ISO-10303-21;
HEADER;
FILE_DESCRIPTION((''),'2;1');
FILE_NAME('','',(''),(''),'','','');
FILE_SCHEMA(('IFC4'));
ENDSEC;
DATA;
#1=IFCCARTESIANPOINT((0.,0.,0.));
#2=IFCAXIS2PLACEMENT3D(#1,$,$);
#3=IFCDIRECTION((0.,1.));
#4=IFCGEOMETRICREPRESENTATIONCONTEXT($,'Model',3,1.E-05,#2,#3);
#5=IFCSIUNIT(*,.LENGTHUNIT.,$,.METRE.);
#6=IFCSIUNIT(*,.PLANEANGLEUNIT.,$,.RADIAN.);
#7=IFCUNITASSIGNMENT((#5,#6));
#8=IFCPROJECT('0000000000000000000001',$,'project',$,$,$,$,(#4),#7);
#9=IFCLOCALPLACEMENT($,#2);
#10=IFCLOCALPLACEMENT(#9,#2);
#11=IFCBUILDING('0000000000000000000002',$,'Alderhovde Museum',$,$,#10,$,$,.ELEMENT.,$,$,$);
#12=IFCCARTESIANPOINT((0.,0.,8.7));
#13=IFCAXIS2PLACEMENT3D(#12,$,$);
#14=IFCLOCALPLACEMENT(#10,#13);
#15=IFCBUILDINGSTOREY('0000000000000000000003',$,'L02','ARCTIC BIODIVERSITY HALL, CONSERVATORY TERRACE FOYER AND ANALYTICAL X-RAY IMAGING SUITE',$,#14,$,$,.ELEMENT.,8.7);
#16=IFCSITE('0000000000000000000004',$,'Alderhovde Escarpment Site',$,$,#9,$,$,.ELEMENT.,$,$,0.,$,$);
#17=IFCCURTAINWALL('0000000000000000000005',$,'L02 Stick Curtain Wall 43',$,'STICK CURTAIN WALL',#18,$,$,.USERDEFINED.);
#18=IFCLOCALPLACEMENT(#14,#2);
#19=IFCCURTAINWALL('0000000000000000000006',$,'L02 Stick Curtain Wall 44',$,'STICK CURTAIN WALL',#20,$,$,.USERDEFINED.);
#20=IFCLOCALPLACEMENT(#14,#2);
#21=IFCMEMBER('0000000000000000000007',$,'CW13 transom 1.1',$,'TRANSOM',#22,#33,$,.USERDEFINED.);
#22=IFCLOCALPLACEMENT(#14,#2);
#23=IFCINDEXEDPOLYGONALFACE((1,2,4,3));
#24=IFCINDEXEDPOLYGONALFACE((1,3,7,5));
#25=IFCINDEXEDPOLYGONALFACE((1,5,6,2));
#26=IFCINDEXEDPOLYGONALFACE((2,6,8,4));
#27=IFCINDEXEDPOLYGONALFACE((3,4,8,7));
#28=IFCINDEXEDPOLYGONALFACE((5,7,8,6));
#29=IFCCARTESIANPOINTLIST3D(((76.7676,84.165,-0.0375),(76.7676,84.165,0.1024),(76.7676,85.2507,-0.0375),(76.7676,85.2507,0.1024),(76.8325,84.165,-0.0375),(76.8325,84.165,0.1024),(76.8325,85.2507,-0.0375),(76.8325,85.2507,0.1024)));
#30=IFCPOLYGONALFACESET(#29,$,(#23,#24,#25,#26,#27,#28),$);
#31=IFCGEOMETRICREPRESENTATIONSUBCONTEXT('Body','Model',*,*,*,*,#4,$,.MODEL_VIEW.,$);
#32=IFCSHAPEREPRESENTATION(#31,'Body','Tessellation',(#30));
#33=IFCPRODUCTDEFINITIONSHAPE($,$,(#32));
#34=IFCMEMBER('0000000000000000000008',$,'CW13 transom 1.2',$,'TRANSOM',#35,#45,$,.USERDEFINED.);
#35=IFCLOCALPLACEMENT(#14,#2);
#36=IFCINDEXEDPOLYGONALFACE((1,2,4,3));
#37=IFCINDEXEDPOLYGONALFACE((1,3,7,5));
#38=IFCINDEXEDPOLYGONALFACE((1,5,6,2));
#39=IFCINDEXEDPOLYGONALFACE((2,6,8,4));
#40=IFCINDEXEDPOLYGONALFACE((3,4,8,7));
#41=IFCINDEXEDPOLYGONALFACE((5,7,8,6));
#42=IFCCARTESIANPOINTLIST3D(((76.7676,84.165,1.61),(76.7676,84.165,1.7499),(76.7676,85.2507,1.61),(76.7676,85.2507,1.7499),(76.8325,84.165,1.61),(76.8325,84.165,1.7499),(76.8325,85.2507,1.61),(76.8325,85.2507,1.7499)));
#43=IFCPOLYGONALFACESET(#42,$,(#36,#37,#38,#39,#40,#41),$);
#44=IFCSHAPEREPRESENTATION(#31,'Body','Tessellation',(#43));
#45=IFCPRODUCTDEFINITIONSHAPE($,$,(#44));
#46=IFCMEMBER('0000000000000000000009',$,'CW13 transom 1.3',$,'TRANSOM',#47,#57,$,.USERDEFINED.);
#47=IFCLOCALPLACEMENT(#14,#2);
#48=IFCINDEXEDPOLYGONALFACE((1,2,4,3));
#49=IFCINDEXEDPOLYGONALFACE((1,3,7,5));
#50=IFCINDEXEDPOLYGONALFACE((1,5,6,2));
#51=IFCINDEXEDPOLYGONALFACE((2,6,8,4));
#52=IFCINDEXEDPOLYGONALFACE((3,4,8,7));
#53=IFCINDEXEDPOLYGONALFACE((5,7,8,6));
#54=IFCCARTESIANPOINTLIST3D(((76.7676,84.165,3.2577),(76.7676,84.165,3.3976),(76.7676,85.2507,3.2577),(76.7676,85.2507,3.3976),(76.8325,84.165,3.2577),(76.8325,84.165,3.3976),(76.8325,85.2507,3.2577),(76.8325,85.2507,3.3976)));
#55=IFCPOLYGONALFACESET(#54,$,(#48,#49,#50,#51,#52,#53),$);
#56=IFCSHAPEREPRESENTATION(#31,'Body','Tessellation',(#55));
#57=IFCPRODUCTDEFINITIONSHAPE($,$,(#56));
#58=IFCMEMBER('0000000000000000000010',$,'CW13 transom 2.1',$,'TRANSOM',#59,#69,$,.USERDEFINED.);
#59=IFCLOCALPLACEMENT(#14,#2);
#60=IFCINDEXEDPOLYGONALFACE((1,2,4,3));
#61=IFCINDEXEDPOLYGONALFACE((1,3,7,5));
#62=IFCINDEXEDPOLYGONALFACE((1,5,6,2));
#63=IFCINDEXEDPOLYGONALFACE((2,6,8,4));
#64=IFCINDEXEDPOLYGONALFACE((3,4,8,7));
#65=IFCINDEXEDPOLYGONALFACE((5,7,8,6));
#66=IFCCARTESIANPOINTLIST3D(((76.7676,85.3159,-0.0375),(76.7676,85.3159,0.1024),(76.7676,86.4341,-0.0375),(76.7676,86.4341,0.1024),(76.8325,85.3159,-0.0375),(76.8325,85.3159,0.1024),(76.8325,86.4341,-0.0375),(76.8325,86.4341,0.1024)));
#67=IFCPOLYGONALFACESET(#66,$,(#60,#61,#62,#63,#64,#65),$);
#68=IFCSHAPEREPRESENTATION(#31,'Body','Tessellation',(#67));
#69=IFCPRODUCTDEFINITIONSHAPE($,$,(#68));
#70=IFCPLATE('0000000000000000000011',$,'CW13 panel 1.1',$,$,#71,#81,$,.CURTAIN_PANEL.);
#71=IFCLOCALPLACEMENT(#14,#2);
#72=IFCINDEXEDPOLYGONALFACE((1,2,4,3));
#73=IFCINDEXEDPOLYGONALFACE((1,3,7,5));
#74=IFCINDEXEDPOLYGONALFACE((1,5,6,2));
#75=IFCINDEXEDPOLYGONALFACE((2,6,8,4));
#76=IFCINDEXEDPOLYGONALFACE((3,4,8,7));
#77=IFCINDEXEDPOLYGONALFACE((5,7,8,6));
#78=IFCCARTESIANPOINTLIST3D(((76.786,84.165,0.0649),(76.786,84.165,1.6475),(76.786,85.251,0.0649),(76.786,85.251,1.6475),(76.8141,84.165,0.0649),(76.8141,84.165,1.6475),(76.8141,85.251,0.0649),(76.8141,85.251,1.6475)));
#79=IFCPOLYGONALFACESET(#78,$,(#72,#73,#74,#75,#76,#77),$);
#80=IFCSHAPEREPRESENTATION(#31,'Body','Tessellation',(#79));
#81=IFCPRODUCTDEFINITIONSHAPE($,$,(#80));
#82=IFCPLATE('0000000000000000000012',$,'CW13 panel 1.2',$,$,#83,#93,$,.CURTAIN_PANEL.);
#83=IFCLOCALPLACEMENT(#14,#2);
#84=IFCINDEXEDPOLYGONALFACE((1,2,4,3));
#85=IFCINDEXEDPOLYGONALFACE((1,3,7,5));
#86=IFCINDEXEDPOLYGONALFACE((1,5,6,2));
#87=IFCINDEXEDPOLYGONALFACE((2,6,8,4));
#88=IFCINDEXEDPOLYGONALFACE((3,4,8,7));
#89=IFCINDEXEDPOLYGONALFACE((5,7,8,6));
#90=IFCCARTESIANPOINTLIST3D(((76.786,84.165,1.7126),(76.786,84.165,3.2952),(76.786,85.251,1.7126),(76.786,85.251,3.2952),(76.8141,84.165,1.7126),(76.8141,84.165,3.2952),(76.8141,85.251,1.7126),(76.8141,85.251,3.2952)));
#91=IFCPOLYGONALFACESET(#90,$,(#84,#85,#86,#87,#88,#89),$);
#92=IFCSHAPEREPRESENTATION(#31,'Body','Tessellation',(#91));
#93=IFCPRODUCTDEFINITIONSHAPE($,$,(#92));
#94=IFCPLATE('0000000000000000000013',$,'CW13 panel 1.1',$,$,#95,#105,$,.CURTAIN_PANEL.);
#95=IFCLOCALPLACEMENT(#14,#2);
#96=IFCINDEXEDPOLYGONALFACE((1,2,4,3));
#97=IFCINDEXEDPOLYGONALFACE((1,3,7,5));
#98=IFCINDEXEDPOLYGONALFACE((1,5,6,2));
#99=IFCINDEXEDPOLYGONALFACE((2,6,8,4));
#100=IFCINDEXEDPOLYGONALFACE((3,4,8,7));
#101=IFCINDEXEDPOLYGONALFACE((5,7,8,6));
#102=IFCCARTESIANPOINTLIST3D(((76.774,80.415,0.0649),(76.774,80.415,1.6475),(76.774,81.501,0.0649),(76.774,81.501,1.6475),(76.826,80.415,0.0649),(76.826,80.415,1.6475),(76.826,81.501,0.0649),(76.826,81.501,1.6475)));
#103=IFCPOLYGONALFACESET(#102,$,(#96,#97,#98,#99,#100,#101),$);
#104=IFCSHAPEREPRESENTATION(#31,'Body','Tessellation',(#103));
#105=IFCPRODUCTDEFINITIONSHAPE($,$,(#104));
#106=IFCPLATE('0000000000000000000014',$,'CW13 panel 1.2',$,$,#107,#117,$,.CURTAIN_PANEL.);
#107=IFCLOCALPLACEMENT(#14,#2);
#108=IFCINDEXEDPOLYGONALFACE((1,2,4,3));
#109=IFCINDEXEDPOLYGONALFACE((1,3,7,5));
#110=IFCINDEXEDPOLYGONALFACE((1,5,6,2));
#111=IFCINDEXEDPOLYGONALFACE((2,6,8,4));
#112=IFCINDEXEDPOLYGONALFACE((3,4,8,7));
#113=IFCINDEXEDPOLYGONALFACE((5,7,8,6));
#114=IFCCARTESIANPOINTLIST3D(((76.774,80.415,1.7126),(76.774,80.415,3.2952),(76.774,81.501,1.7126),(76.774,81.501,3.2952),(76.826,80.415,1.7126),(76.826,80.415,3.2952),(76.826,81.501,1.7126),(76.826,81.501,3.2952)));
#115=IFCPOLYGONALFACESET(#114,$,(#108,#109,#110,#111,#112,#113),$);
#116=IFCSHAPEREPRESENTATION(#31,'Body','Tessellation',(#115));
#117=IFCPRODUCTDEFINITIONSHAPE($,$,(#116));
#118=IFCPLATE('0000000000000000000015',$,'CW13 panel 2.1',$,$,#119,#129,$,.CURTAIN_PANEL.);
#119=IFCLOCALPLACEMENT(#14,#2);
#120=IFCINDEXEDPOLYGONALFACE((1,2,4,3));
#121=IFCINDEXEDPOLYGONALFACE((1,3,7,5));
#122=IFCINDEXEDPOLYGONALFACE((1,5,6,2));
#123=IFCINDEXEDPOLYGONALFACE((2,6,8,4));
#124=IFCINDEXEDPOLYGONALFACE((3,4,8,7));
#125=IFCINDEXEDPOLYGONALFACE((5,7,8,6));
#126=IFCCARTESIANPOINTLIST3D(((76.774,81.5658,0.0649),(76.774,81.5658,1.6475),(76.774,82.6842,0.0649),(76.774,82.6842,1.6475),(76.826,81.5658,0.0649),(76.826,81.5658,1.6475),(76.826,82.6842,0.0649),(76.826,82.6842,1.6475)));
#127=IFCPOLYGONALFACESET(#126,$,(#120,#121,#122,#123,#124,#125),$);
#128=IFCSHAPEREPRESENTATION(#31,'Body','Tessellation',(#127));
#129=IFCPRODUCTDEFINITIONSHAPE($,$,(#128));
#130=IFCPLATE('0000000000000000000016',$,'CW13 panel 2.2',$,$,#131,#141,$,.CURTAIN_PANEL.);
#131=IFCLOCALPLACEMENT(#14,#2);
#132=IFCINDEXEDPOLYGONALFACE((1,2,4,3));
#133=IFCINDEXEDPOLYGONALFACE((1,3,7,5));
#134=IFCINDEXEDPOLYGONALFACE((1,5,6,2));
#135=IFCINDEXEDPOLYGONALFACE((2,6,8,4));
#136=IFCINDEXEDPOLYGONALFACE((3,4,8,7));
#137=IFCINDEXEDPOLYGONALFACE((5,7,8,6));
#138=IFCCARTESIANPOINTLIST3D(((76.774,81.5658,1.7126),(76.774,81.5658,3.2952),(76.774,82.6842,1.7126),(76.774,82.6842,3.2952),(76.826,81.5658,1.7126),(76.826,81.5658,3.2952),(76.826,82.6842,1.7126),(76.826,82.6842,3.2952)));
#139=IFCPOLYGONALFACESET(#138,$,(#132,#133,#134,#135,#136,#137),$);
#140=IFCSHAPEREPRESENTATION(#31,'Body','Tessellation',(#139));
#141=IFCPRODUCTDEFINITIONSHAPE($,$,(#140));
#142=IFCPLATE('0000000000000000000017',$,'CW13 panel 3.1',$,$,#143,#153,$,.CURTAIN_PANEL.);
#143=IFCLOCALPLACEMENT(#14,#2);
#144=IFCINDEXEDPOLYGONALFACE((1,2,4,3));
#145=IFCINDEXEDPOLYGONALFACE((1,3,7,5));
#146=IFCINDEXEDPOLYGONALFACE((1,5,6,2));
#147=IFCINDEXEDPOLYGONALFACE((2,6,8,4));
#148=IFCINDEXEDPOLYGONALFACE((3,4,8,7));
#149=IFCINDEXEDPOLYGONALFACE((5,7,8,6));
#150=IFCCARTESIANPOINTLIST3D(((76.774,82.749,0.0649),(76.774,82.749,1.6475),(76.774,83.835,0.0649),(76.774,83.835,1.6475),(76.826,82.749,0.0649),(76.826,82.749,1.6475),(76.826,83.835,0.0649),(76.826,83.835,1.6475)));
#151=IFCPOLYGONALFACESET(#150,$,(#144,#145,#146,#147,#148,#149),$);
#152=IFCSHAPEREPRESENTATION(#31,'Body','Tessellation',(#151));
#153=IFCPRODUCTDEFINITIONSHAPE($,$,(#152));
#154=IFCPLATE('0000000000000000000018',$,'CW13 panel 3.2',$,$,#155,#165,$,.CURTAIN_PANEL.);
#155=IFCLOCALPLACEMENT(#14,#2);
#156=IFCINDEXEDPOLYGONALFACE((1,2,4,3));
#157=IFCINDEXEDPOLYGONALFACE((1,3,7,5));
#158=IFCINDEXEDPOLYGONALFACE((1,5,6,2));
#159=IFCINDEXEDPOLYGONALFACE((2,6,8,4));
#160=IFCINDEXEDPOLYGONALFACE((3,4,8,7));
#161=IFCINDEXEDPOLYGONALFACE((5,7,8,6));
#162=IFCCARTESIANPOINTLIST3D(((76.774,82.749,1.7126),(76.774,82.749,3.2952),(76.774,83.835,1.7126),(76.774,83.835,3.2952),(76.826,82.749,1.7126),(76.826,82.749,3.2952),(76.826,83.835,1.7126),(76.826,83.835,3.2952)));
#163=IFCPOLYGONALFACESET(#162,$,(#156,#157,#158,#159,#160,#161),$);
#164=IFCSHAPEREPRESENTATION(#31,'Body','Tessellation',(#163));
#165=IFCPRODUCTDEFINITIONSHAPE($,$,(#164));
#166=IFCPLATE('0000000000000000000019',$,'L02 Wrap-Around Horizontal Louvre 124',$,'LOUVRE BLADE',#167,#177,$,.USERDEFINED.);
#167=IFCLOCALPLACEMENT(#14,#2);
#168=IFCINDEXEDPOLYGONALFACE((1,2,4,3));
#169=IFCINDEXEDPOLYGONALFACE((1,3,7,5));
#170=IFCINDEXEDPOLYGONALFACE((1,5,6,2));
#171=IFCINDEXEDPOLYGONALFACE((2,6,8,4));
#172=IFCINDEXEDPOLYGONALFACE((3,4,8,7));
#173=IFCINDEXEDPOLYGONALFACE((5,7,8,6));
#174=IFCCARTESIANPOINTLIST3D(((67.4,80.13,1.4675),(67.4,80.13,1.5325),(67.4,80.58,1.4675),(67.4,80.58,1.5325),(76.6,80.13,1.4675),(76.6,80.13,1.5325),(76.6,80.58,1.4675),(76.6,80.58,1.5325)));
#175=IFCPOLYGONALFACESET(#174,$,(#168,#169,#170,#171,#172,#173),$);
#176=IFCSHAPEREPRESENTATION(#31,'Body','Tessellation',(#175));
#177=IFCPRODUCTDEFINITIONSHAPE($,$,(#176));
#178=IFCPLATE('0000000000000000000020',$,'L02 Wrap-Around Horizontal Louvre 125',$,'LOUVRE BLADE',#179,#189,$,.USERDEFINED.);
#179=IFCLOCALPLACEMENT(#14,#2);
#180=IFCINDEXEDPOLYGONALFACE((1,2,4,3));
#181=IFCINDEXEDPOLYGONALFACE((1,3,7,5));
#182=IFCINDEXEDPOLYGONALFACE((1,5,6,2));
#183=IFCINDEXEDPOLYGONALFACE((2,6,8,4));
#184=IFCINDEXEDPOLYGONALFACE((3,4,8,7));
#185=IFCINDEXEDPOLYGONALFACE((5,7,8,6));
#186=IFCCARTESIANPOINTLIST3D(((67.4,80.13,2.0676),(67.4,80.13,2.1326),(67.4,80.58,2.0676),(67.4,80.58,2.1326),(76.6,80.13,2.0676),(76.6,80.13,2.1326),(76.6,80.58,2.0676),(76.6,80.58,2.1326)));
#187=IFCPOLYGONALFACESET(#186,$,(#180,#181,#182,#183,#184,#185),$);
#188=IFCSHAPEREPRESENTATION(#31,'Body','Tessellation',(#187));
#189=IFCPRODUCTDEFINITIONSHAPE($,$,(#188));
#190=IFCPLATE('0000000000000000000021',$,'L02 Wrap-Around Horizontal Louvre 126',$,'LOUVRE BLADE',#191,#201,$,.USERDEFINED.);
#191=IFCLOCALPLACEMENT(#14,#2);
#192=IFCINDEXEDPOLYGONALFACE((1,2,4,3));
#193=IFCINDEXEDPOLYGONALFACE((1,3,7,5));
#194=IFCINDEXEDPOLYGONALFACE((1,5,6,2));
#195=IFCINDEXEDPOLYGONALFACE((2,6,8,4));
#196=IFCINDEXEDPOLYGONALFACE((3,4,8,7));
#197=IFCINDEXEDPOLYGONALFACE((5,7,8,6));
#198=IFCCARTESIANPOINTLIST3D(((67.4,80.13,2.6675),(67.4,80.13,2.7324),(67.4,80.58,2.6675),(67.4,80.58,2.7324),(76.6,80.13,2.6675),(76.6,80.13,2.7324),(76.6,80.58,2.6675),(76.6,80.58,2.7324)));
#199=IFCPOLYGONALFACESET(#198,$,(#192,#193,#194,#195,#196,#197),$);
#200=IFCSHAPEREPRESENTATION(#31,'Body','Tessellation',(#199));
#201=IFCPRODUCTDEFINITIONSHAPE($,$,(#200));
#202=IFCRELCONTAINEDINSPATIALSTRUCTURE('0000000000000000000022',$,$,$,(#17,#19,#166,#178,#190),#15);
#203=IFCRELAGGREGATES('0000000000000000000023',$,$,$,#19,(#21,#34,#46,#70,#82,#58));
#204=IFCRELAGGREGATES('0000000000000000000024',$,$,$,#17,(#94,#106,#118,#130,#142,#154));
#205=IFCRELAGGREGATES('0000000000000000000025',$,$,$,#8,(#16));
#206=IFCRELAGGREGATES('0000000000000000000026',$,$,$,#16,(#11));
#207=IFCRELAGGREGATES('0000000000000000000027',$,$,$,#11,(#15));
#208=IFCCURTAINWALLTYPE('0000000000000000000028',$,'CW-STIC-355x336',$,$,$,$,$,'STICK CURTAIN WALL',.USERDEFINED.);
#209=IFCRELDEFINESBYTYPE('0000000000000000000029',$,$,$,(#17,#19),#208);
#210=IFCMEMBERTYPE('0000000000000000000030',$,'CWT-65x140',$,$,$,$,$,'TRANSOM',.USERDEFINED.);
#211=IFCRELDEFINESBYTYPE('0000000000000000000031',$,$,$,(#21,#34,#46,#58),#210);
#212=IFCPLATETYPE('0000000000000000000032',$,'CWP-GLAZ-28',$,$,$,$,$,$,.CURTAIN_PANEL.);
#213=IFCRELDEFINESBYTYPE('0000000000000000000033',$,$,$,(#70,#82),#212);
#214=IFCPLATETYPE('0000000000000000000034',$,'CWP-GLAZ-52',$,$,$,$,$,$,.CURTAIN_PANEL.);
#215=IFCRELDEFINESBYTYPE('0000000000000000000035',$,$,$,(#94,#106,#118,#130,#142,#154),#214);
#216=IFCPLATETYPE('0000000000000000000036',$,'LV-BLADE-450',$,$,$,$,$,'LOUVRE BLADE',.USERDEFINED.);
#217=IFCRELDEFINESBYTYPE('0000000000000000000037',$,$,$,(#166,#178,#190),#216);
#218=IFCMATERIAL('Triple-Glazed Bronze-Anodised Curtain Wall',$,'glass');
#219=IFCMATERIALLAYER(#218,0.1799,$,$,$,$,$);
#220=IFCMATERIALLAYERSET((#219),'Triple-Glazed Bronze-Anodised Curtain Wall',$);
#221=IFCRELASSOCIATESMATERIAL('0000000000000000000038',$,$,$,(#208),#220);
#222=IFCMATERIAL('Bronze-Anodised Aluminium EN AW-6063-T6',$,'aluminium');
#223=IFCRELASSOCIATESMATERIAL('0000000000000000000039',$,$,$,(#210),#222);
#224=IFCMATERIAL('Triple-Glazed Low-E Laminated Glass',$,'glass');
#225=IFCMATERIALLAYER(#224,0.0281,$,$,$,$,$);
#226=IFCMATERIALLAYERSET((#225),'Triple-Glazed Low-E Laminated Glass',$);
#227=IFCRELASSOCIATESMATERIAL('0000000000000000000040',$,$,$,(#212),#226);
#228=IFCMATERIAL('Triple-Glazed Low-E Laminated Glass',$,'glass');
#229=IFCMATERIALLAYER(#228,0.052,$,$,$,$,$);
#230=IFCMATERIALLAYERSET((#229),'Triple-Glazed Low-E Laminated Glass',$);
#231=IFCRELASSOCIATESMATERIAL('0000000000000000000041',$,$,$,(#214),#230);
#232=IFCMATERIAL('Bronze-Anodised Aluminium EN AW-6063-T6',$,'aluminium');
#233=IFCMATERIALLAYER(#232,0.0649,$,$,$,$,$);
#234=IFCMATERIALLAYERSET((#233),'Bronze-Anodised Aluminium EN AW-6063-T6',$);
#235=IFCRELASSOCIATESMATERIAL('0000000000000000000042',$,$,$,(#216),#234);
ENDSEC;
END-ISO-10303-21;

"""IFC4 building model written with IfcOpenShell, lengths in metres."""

from ifc_helpers import new_model, si_unit, direction, frame, origin, origin_2d, place, context, subcontext, project, spatial, rectangle, extrude, material, layer, layer_set, material_profile, profile_set, type_object, element, aggregate, save


model = new_model("IFC4")

# Units and contexts
model_context = context("Model", 3, precision=1e-05, world=origin(), true_north=direction((0.0, 1.0)))
body_context = subcontext(model_context, "Body", "Model", "MODEL_VIEW")
ifc_project = project(units=[si_unit("LENGTHUNIT", "METRE"), si_unit("PLANEANGLEUNIT", "RADIAN")], contexts=[model_context])

# Site, building, storey
site_placement = place(None, origin())
site = spatial("IfcSite", under=ifc_project, at=site_placement, Name="Alderhovde Escarpment Site", CompositionType="ELEMENT", RefElevation=0.0)
building_placement = place(site_placement, origin())
building = spatial("IfcBuilding", under=site, at=building_placement, Name="Alderhovde Museum", CompositionType="ELEMENT")
storey_placement = place(building_placement, frame((0.0, 0.0, 8.7)))
storey = spatial("IfcBuildingStorey", under=building, at=storey_placement, Name="L02", Description="ARCTIC BIODIVERSITY HALL, CONSERVATORY TERRACE FOYER AND ANALYTICAL X-RAY IMAGING SUITE", CompositionType="ELEMENT", Elevation=8.7)

# Curtain walls
ifc_material_1 = material(Name="Triple-Glazed Bronze-Anodised Curtain Wall", Category="glass")
ifc_layer_1 = layer(ifc_material_1, 0.1799)
ifc_layer_set_1 = layer_set([ifc_layer_1], Name="Triple-Glazed Bronze-Anodised Curtain Wall")
curtain_wall_type = type_object("IfcCurtainWallType", Name="CW-STIC-355x336", ElementType="STICK CURTAIN WALL", PredefinedType="USERDEFINED", material=ifc_layer_set_1)
curtain_wall_1_placement = place(storey_placement, origin())
curtain_wall_1 = element("IfcCurtainWall", 1, at=curtain_wall_1_placement, inside=storey, type_object=curtain_wall_type, Name="L02 Stick Curtain Wall 43", ObjectType="STICK CURTAIN WALL", PredefinedType="USERDEFINED")
curtain_wall_2_placement = place(storey_placement, origin())
curtain_wall_2 = element("IfcCurtainWall", 2, at=curtain_wall_2_placement, inside=storey, type_object=curtain_wall_type, Name="L02 Stick Curtain Wall 44", ObjectType="STICK CURTAIN WALL", PredefinedType="USERDEFINED")

# Members
ifc_material_2 = material(Name="Bronze-Anodised Aluminium EN AW-6063-T6", Category="aluminium")
ifc_material_profile_1 = material_profile(ifc_material_2, rectangle(XDim=0.0649, YDim=0.1399, at=origin_2d()), Name="TRANSOM 65x140")
ifc_profile_set_1 = profile_set([ifc_material_profile_1], Name="Bronze-Anodised Aluminium EN AW-6063-T6")
member_type_1 = type_object("IfcMemberType", Name="CWT-65x140", ElementType="TRANSOM", PredefinedType="USERDEFINED", material=ifc_profile_set_1)
member_1_placement = place(storey_placement, frame((76.8, 84.165, 0.0325), z_axis=(0.0, 1.0, 0.0), x_axis=(-1.0, 0.0, 0.0)))
member_1 = element("IfcMember", 3, at=member_1_placement, type_object=member_type_1, Name="CW13 transom 1.1", ObjectType="TRANSOM", PredefinedType="USERDEFINED", context=body_context, shape_type="SweptSolid", body=[
    extrude(rectangle(XDim=0.0649, YDim=0.1399, at=origin_2d()), origin(), (0.0, 0.0, 1.0), 1.0857),
])
member_2_placement = place(storey_placement, frame((76.8, 84.165, 1.6799), z_axis=(0.0, 1.0, 0.0), x_axis=(-1.0, 0.0, 0.0)))
member_2 = element("IfcMember", 4, at=member_2_placement, type_object=member_type_1, Name="CW13 transom 1.2", ObjectType="TRANSOM", PredefinedType="USERDEFINED", context=body_context, shape_type="SweptSolid", body=[
    extrude(rectangle(XDim=0.0649, YDim=0.1399, at=origin_2d()), origin(), (0.0, 0.0, 1.0), 1.0857),
])
member_3_placement = place(storey_placement, frame((76.8, 84.165, 3.3276), z_axis=(0.0, 1.0, 0.0), x_axis=(-1.0, 0.0, 0.0)))
member_3 = element("IfcMember", 5, at=member_3_placement, type_object=member_type_1, Name="CW13 transom 1.3", ObjectType="TRANSOM", PredefinedType="USERDEFINED", context=body_context, shape_type="SweptSolid", body=[
    extrude(rectangle(XDim=0.0649, YDim=0.1399, at=origin_2d()), origin(), (0.0, 0.0, 1.0), 1.0857),
])
member_4_placement = place(storey_placement, frame((76.8, 85.3159, 0.0325), z_axis=(0.0, 1.0, 0.0), x_axis=(-1.0, 0.0, 0.0)))
member_4 = element("IfcMember", 6, at=member_4_placement, type_object=member_type_1, Name="CW13 transom 2.1", ObjectType="TRANSOM", PredefinedType="USERDEFINED", context=body_context, shape_type="SweptSolid", body=[
    extrude(rectangle(XDim=0.0649, YDim=0.1399, at=origin_2d()), origin(), (0.0, 0.0, 1.0), 1.1182),
])

# Plates
ifc_material_3 = material(Name="Triple-Glazed Low-E Laminated Glass", Category="glass")
ifc_layer_2 = layer(ifc_material_3, 0.0281)
ifc_layer_set_2 = layer_set([ifc_layer_2], Name="Triple-Glazed Low-E Laminated Glass")
plate_type_1 = type_object("IfcPlateType", Name="CWP-GLAZ-28", PredefinedType="CURTAIN_PANEL", material=ifc_layer_set_2)
plate_1_placement = place(storey_placement, frame((76.8, 84.708, 0.0649), z_axis=(0.0, 0.0, 1.0), x_axis=(0.0, 1.0, 0.0)))
plate_1 = element("IfcPlate", 7, at=plate_1_placement, type_object=plate_type_1, Name="CW13 panel 1.1", PredefinedType="CURTAIN_PANEL", context=body_context, shape_type="SweptSolid", body=[
    extrude(rectangle(XDim=1.0859, YDim=0.0281, at=origin_2d()), origin(), (0.0, 0.0, 1.0), 1.5825),
])
plate_2_placement = place(storey_placement, frame((76.8, 84.708, 1.7126), z_axis=(0.0, 0.0, 1.0), x_axis=(0.0, 1.0, 0.0)))
plate_2 = element("IfcPlate", 8, at=plate_2_placement, type_object=plate_type_1, Name="CW13 panel 1.2", PredefinedType="CURTAIN_PANEL", context=body_context, shape_type="SweptSolid", body=[
    extrude(rectangle(XDim=1.0859, YDim=0.0281, at=origin_2d()), origin(), (0.0, 0.0, 1.0), 1.5825),
])
aggregate(curtain_wall_2, [member_1, member_2, member_3, plate_1, plate_2, member_4])
ifc_material_4 = material(Name="Triple-Glazed Low-E Laminated Glass", Category="glass")
ifc_layer_3 = layer(ifc_material_4, 0.052)
ifc_layer_set_3 = layer_set([ifc_layer_3], Name="Triple-Glazed Low-E Laminated Glass")
plate_type_2 = type_object("IfcPlateType", Name="CWP-GLAZ-52", PredefinedType="CURTAIN_PANEL", material=ifc_layer_set_3)
plate_3_placement = place(storey_placement, frame((76.8, 80.958, 0.0649), z_axis=(0.0, 0.0, 1.0), x_axis=(0.0, 1.0, 0.0)))
plate_3 = element("IfcPlate", 9, at=plate_3_placement, type_object=plate_type_2, Name="CW13 panel 1.1", PredefinedType="CURTAIN_PANEL", context=body_context, shape_type="SweptSolid", body=[
    extrude(rectangle(XDim=1.0859, YDim=0.052, at=origin_2d()), origin(), (0.0, 0.0, 1.0), 1.5825),
])
plate_4_placement = place(storey_placement, frame((76.8, 80.958, 1.7126), z_axis=(0.0, 0.0, 1.0), x_axis=(0.0, 1.0, 0.0)))
plate_4 = element("IfcPlate", 10, at=plate_4_placement, type_object=plate_type_2, Name="CW13 panel 1.2", PredefinedType="CURTAIN_PANEL", context=body_context, shape_type="SweptSolid", body=[
    extrude(rectangle(XDim=1.0859, YDim=0.052, at=origin_2d()), origin(), (0.0, 0.0, 1.0), 1.5825),
])
plate_5_placement = place(storey_placement, frame((76.8, 82.125, 0.0649), z_axis=(0.0, 0.0, 1.0), x_axis=(0.0, 1.0, 0.0)))
plate_5 = element("IfcPlate", 11, at=plate_5_placement, type_object=plate_type_2, Name="CW13 panel 2.1", PredefinedType="CURTAIN_PANEL", context=body_context, shape_type="SweptSolid", body=[
    extrude(rectangle(XDim=1.1184, YDim=0.052, at=origin_2d()), origin(), (0.0, 0.0, 1.0), 1.5825),
])
plate_6_placement = place(storey_placement, frame((76.8, 82.125, 1.7126), z_axis=(0.0, 0.0, 1.0), x_axis=(0.0, 1.0, 0.0)))
plate_6 = element("IfcPlate", 12, at=plate_6_placement, type_object=plate_type_2, Name="CW13 panel 2.2", PredefinedType="CURTAIN_PANEL", context=body_context, shape_type="SweptSolid", body=[
    extrude(rectangle(XDim=1.1184, YDim=0.052, at=origin_2d()), origin(), (0.0, 0.0, 1.0), 1.5825),
])
plate_7_placement = place(storey_placement, frame((76.8, 83.292, 0.0649), z_axis=(0.0, 0.0, 1.0), x_axis=(0.0, 1.0, 0.0)))
plate_7 = element("IfcPlate", 13, at=plate_7_placement, type_object=plate_type_2, Name="CW13 panel 3.1", PredefinedType="CURTAIN_PANEL", context=body_context, shape_type="SweptSolid", body=[
    extrude(rectangle(XDim=1.0859, YDim=0.052, at=origin_2d()), origin(), (0.0, 0.0, 1.0), 1.5825),
])
plate_8_placement = place(storey_placement, frame((76.8, 83.292, 1.7126), z_axis=(0.0, 0.0, 1.0), x_axis=(0.0, 1.0, 0.0)))
plate_8 = element("IfcPlate", 14, at=plate_8_placement, type_object=plate_type_2, Name="CW13 panel 3.2", PredefinedType="CURTAIN_PANEL", context=body_context, shape_type="SweptSolid", body=[
    extrude(rectangle(XDim=1.0859, YDim=0.052, at=origin_2d()), origin(), (0.0, 0.0, 1.0), 1.5825),
])
aggregate(curtain_wall_1, [plate_3, plate_4, plate_5, plate_6, plate_7, plate_8])

# Plates
ifc_material_5 = material(Name="Bronze-Anodised Aluminium EN AW-6063-T6", Category="aluminium")
ifc_layer_4 = layer(ifc_material_5, 0.0649)
ifc_layer_set_4 = layer_set([ifc_layer_4], Name="Bronze-Anodised Aluminium EN AW-6063-T6")
plate_type_3 = type_object("IfcPlateType", Name="LV-BLADE-450", ElementType="LOUVRE BLADE", PredefinedType="USERDEFINED", material=ifc_layer_set_4)
for number, where, z_axis, x_axis, name in (
    (15, (72.0, 80.355, 1.4675), (0.0, 0.0, 1.0), (1.0, 0.0, 0.0), "L02 Wrap-Around Horizontal Louvre 124"),
    (16, (72.0, 80.355, 2.0676), (0.0, 0.0, 1.0), (1.0, 0.0, 0.0), "L02 Wrap-Around Horizontal Louvre 125"),
    (17, (72.0, 80.355, 2.6675), (0.0, 0.0, 1.0), (1.0, 0.0, 0.0), "L02 Wrap-Around Horizontal Louvre 126"),
):
    element("IfcPlate", number, at=place(storey_placement, frame(where, z_axis=z_axis, x_axis=x_axis)), inside=storey, type_object=plate_type_3, Name=name, ObjectType="LOUVRE BLADE", PredefinedType="USERDEFINED", context=body_context, shape_type="SweptSolid", body=[
        extrude(rectangle(XDim=9.2, YDim=0.45, at=origin_2d()), origin(), (0.0, 0.0, 1.0), 0.0649),
    ])

save(model, "model.ifc")
